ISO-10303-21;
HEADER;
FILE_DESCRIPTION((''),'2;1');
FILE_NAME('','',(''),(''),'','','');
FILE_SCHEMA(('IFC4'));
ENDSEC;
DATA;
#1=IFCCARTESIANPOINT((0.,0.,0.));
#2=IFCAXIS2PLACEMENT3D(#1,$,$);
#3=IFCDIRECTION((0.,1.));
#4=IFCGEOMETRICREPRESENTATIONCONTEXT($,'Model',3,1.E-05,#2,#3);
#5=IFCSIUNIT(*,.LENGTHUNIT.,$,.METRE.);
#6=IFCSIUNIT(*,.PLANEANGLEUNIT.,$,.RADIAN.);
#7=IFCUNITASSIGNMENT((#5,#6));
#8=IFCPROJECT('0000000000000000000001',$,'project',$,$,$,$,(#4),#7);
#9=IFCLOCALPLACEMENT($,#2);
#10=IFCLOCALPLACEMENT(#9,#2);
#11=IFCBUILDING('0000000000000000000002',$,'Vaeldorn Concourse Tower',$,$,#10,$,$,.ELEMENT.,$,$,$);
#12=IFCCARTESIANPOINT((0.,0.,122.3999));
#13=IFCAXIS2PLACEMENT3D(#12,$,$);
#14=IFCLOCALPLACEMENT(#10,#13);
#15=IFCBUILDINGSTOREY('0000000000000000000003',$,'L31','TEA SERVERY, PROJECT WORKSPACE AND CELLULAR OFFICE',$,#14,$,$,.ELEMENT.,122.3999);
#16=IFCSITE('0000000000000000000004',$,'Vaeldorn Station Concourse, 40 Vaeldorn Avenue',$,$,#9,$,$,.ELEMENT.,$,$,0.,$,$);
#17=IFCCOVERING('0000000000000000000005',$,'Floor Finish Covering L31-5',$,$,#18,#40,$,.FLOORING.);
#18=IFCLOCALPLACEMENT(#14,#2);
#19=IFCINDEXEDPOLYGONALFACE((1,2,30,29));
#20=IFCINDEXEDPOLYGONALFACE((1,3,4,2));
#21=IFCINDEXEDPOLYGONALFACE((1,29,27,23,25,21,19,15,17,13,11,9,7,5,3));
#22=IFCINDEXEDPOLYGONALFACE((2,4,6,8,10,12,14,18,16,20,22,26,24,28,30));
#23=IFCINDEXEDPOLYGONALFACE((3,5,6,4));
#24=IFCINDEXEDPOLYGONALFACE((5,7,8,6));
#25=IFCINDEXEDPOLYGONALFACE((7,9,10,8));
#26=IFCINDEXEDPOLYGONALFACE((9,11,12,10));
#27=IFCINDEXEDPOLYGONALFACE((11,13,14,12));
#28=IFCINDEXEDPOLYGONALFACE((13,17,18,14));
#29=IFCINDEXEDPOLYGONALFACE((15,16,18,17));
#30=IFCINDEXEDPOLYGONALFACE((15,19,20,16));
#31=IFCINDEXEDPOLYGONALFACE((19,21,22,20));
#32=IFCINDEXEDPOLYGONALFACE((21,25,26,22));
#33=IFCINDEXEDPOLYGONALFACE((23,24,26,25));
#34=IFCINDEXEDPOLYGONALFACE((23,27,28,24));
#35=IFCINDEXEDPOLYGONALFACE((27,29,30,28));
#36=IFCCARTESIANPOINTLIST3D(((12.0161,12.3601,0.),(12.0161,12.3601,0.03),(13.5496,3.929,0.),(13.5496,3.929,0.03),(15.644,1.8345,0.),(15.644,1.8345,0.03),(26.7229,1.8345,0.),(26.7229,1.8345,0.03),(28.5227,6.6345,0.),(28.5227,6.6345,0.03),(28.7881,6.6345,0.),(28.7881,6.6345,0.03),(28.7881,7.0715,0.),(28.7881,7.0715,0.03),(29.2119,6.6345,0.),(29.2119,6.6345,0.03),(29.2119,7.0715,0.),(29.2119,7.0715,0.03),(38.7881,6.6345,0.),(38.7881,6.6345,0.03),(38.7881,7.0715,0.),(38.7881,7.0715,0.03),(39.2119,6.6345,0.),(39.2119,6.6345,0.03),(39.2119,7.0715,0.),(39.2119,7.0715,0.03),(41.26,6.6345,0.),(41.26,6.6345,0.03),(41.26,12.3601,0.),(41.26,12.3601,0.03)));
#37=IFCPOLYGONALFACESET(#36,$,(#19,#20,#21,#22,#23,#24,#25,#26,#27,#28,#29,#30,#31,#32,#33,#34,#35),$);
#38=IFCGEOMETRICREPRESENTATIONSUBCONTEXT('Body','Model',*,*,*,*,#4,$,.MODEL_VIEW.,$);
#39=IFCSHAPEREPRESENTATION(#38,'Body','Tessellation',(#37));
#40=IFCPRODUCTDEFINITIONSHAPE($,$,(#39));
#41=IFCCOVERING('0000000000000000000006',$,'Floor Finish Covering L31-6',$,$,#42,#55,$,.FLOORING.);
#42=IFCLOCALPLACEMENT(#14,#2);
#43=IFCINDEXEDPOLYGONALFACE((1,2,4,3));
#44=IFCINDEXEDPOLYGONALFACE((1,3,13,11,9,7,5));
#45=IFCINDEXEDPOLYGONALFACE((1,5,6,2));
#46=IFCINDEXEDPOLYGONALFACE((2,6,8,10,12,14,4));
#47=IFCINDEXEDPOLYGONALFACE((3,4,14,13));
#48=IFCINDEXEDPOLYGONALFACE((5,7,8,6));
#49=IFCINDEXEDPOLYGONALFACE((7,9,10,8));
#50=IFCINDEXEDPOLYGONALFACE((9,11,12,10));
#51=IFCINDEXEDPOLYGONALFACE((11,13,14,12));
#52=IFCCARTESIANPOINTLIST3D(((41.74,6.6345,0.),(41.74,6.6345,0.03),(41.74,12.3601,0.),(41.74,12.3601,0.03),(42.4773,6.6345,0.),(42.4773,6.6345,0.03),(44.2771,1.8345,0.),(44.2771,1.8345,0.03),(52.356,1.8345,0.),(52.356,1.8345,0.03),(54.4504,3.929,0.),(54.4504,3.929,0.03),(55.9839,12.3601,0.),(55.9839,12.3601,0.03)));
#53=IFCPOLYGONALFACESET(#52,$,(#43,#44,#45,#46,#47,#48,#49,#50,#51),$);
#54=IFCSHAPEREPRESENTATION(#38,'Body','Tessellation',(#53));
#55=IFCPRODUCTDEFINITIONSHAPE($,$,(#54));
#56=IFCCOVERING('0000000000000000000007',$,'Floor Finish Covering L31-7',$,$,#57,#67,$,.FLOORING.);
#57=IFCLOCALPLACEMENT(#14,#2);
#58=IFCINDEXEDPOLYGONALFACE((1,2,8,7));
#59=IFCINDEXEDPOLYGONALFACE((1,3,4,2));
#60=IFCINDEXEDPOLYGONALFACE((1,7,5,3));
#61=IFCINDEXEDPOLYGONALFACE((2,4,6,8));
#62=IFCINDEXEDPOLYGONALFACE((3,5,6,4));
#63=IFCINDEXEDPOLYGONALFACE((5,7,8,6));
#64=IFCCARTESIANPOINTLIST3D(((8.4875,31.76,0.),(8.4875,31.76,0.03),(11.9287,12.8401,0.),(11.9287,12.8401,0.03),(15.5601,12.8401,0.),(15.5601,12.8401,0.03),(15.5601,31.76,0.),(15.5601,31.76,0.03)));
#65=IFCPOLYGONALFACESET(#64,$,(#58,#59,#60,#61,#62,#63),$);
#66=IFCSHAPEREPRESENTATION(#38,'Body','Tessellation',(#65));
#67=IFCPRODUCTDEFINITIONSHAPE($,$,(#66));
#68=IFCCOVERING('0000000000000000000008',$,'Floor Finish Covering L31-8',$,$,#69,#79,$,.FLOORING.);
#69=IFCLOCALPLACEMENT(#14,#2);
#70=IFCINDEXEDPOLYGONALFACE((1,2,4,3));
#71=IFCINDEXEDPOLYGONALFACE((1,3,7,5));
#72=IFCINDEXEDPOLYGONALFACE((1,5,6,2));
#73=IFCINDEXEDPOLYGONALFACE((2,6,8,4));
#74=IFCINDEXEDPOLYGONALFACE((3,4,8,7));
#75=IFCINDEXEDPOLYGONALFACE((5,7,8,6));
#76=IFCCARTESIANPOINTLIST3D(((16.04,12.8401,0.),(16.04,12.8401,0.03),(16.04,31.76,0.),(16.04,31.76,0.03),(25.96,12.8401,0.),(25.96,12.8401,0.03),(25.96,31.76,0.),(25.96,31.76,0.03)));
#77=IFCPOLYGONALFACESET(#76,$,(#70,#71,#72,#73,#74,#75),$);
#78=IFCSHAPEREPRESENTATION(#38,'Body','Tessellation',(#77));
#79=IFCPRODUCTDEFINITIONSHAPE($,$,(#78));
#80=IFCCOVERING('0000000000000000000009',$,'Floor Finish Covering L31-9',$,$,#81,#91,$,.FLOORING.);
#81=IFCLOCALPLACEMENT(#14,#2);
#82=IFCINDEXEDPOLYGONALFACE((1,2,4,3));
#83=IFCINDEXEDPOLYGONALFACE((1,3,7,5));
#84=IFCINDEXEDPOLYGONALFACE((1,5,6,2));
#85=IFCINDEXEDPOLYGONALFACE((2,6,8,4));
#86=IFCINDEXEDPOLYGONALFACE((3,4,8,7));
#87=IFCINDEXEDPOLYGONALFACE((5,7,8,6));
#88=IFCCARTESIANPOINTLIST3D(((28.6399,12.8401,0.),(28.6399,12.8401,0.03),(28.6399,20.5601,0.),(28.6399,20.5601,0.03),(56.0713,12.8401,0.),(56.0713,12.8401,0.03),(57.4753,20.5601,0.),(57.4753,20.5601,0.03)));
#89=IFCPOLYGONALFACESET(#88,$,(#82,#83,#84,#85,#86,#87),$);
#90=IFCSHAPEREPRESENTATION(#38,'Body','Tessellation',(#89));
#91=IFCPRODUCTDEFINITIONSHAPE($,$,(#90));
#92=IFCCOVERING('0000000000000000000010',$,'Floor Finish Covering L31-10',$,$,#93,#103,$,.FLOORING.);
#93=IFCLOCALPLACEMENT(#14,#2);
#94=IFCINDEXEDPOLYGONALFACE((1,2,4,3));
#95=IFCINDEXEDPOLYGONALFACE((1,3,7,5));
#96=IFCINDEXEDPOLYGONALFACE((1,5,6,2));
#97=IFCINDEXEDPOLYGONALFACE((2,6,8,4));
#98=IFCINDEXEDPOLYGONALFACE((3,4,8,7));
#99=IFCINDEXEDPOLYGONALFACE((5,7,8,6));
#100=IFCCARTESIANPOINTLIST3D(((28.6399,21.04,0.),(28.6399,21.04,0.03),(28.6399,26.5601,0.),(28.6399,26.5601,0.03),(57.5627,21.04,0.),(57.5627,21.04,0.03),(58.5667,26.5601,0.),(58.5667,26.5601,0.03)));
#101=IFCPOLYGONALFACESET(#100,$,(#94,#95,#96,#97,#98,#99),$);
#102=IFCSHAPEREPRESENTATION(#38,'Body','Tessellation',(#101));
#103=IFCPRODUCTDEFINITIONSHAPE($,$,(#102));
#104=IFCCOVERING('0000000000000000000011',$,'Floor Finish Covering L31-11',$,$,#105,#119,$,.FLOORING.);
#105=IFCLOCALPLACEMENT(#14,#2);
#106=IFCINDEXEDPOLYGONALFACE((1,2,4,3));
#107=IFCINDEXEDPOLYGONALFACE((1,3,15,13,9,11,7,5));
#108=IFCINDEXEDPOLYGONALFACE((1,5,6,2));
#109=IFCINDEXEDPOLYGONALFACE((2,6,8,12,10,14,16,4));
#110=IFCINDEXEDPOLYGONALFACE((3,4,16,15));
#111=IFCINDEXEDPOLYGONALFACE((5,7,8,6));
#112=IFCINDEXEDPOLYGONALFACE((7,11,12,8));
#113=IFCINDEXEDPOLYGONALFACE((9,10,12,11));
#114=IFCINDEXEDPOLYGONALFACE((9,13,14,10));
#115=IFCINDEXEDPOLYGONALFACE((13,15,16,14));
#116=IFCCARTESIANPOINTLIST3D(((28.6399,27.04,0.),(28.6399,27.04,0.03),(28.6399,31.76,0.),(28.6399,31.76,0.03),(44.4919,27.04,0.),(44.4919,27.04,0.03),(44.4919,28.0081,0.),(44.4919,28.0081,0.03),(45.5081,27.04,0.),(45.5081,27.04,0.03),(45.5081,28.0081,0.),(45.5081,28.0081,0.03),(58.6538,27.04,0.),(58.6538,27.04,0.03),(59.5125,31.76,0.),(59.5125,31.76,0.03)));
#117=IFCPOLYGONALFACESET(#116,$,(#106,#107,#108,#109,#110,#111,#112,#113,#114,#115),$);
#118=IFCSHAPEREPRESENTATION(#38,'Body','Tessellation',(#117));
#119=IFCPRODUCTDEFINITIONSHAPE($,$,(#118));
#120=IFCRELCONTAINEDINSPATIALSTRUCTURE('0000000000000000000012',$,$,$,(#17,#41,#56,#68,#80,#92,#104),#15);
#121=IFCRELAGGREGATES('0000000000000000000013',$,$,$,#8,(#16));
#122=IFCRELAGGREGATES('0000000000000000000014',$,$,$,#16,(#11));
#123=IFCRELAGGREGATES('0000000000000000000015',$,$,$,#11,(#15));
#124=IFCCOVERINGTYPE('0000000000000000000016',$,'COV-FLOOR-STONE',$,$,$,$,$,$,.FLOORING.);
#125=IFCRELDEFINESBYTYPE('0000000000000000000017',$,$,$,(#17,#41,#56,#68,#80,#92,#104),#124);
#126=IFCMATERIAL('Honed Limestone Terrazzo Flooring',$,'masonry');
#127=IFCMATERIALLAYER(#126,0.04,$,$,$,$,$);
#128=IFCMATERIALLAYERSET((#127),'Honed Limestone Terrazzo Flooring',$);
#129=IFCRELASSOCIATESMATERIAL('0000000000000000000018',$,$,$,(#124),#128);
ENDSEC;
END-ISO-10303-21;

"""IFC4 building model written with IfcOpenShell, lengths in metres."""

from ifc_helpers import new_model, si_unit, direction, frame, origin, place, context, subcontext, project, spatial, polyline, outline, extrude, material, layer, layer_set, type_object, element, save


model = new_model("IFC4")

# Units and contexts
model_context = context("Model", 3, precision=1e-05, world=origin(), true_north=direction((0.0, 1.0)))
body_context = subcontext(model_context, "Body", "Model", "MODEL_VIEW")
ifc_project = project(units=[si_unit("LENGTHUNIT", "METRE"), si_unit("PLANEANGLEUNIT", "RADIAN")], contexts=[model_context])

# Site, building, storey
site_placement = place(None, origin())
site = spatial("IfcSite", under=ifc_project, at=site_placement, Name="Vaeldorn Station Concourse, 40 Vaeldorn Avenue", CompositionType="ELEMENT", RefElevation=0.0)
building_placement = place(site_placement, origin())
building = spatial("IfcBuilding", under=site, at=building_placement, Name="Vaeldorn Concourse Tower", CompositionType="ELEMENT")
storey_placement = place(building_placement, frame((0.0, 0.0, 122.3999)))
storey = spatial("IfcBuildingStorey", under=building, at=storey_placement, Name="L31", Description="TEA SERVERY, PROJECT WORKSPACE AND CELLULAR OFFICE", CompositionType="ELEMENT", Elevation=122.3999)

# Coverings
ifc_material_1 = material(Name="Honed Limestone Terrazzo Flooring", Category="masonry")
ifc_layer_1 = layer(ifc_material_1, 0.04)
ifc_layer_set_1 = layer_set([ifc_layer_1], Name="Honed Limestone Terrazzo Flooring")
covering_type_1 = type_object("IfcCoveringType", Name="COV-FLOOR-STONE", PredefinedType="FLOORING", material=ifc_layer_set_1)
covering_1_placement = place(storey_placement, origin())
element("IfcCovering", 1, at=covering_1_placement, inside=storey, type_object=covering_type_1, Name="Floor Finish Covering L31-5", PredefinedType="FLOORING", context=body_context, shape_type="SweptSolid", body=[
    extrude(outline(polyline([(41.26, 12.3601), (41.26, 6.6345), (39.2119, 6.6345), (39.2119, 7.0715), (38.7881, 7.0715), (38.7881, 6.6345), (29.2119, 6.6345), (29.2119, 7.0715), (28.7881, 7.0715), (28.7881, 6.6345), (28.5227, 6.6345), (26.7229, 1.8345), (15.644, 1.8345), (13.5496, 3.929), (12.0161, 12.3601), (41.26, 12.3601)])), origin(), (0.0, 0.0, 1.0), 0.03),
])
covering_2_placement = place(storey_placement, origin())
element("IfcCovering", 2, at=covering_2_placement, inside=storey, type_object=covering_type_1, Name="Floor Finish Covering L31-6", PredefinedType="FLOORING", context=body_context, shape_type="SweptSolid", body=[
    extrude(outline(polyline([(41.74, 6.6345), (41.74, 12.3601), (55.9839, 12.3601), (54.4504, 3.929), (52.356, 1.8345), (44.2771, 1.8345), (42.4773, 6.6345), (41.74, 6.6345)])), origin(), (0.0, 0.0, 1.0), 0.03),
])
covering_3_placement = place(storey_placement, origin())
element("IfcCovering", 3, at=covering_3_placement, inside=storey, type_object=covering_type_1, Name="Floor Finish Covering L31-7", PredefinedType="FLOORING", context=body_context, shape_type="SweptSolid", body=[
    extrude(outline(polyline([(15.5601, 31.76), (15.5601, 12.8401), (11.9287, 12.8401), (8.4875, 31.76), (15.5601, 31.76)])), origin(), (0.0, 0.0, 1.0), 0.03),
])
covering_4_placement = place(storey_placement, origin())
element("IfcCovering", 4, at=covering_4_placement, inside=storey, type_object=covering_type_1, Name="Floor Finish Covering L31-8", PredefinedType="FLOORING", context=body_context, shape_type="SweptSolid", body=[
    extrude(outline(polyline([(16.04, 31.76), (25.96, 31.76), (25.96, 12.8401), (16.04, 12.8401), (16.04, 31.76)])), origin(), (0.0, 0.0, 1.0), 0.03),
])
covering_5_placement = place(storey_placement, origin())
element("IfcCovering", 5, at=covering_5_placement, inside=storey, type_object=covering_type_1, Name="Floor Finish Covering L31-9", PredefinedType="FLOORING", context=body_context, shape_type="SweptSolid", body=[
    extrude(outline(polyline([(28.6399, 12.8401), (28.6399, 20.5601), (57.4753, 20.5601), (56.0713, 12.8401), (28.6399, 12.8401)])), origin(), (0.0, 0.0, 1.0), 0.03),
])
covering_6_placement = place(storey_placement, origin())
element("IfcCovering", 6, at=covering_6_placement, inside=storey, type_object=covering_type_1, Name="Floor Finish Covering L31-10", PredefinedType="FLOORING", context=body_context, shape_type="SweptSolid", body=[
    extrude(outline(polyline([(28.6399, 21.04), (28.6399, 26.5601), (58.5667, 26.5601), (57.5627, 21.04), (28.6399, 21.04)])), origin(), (0.0, 0.0, 1.0), 0.03),
])
covering_7_placement = place(storey_placement, origin())
element("IfcCovering", 7, at=covering_7_placement, inside=storey, type_object=covering_type_1, Name="Floor Finish Covering L31-11", PredefinedType="FLOORING", context=body_context, shape_type="SweptSolid", body=[
    extrude(outline(polyline([(28.6399, 31.76), (59.5125, 31.76), (58.6538, 27.04), (45.5081, 27.04), (45.5081, 28.0081), (44.4919, 28.0081), (44.4919, 27.04), (28.6399, 27.04), (28.6399, 31.76)])), origin(), (0.0, 0.0, 1.0), 0.03),
])

save(model, "model.ifc")
